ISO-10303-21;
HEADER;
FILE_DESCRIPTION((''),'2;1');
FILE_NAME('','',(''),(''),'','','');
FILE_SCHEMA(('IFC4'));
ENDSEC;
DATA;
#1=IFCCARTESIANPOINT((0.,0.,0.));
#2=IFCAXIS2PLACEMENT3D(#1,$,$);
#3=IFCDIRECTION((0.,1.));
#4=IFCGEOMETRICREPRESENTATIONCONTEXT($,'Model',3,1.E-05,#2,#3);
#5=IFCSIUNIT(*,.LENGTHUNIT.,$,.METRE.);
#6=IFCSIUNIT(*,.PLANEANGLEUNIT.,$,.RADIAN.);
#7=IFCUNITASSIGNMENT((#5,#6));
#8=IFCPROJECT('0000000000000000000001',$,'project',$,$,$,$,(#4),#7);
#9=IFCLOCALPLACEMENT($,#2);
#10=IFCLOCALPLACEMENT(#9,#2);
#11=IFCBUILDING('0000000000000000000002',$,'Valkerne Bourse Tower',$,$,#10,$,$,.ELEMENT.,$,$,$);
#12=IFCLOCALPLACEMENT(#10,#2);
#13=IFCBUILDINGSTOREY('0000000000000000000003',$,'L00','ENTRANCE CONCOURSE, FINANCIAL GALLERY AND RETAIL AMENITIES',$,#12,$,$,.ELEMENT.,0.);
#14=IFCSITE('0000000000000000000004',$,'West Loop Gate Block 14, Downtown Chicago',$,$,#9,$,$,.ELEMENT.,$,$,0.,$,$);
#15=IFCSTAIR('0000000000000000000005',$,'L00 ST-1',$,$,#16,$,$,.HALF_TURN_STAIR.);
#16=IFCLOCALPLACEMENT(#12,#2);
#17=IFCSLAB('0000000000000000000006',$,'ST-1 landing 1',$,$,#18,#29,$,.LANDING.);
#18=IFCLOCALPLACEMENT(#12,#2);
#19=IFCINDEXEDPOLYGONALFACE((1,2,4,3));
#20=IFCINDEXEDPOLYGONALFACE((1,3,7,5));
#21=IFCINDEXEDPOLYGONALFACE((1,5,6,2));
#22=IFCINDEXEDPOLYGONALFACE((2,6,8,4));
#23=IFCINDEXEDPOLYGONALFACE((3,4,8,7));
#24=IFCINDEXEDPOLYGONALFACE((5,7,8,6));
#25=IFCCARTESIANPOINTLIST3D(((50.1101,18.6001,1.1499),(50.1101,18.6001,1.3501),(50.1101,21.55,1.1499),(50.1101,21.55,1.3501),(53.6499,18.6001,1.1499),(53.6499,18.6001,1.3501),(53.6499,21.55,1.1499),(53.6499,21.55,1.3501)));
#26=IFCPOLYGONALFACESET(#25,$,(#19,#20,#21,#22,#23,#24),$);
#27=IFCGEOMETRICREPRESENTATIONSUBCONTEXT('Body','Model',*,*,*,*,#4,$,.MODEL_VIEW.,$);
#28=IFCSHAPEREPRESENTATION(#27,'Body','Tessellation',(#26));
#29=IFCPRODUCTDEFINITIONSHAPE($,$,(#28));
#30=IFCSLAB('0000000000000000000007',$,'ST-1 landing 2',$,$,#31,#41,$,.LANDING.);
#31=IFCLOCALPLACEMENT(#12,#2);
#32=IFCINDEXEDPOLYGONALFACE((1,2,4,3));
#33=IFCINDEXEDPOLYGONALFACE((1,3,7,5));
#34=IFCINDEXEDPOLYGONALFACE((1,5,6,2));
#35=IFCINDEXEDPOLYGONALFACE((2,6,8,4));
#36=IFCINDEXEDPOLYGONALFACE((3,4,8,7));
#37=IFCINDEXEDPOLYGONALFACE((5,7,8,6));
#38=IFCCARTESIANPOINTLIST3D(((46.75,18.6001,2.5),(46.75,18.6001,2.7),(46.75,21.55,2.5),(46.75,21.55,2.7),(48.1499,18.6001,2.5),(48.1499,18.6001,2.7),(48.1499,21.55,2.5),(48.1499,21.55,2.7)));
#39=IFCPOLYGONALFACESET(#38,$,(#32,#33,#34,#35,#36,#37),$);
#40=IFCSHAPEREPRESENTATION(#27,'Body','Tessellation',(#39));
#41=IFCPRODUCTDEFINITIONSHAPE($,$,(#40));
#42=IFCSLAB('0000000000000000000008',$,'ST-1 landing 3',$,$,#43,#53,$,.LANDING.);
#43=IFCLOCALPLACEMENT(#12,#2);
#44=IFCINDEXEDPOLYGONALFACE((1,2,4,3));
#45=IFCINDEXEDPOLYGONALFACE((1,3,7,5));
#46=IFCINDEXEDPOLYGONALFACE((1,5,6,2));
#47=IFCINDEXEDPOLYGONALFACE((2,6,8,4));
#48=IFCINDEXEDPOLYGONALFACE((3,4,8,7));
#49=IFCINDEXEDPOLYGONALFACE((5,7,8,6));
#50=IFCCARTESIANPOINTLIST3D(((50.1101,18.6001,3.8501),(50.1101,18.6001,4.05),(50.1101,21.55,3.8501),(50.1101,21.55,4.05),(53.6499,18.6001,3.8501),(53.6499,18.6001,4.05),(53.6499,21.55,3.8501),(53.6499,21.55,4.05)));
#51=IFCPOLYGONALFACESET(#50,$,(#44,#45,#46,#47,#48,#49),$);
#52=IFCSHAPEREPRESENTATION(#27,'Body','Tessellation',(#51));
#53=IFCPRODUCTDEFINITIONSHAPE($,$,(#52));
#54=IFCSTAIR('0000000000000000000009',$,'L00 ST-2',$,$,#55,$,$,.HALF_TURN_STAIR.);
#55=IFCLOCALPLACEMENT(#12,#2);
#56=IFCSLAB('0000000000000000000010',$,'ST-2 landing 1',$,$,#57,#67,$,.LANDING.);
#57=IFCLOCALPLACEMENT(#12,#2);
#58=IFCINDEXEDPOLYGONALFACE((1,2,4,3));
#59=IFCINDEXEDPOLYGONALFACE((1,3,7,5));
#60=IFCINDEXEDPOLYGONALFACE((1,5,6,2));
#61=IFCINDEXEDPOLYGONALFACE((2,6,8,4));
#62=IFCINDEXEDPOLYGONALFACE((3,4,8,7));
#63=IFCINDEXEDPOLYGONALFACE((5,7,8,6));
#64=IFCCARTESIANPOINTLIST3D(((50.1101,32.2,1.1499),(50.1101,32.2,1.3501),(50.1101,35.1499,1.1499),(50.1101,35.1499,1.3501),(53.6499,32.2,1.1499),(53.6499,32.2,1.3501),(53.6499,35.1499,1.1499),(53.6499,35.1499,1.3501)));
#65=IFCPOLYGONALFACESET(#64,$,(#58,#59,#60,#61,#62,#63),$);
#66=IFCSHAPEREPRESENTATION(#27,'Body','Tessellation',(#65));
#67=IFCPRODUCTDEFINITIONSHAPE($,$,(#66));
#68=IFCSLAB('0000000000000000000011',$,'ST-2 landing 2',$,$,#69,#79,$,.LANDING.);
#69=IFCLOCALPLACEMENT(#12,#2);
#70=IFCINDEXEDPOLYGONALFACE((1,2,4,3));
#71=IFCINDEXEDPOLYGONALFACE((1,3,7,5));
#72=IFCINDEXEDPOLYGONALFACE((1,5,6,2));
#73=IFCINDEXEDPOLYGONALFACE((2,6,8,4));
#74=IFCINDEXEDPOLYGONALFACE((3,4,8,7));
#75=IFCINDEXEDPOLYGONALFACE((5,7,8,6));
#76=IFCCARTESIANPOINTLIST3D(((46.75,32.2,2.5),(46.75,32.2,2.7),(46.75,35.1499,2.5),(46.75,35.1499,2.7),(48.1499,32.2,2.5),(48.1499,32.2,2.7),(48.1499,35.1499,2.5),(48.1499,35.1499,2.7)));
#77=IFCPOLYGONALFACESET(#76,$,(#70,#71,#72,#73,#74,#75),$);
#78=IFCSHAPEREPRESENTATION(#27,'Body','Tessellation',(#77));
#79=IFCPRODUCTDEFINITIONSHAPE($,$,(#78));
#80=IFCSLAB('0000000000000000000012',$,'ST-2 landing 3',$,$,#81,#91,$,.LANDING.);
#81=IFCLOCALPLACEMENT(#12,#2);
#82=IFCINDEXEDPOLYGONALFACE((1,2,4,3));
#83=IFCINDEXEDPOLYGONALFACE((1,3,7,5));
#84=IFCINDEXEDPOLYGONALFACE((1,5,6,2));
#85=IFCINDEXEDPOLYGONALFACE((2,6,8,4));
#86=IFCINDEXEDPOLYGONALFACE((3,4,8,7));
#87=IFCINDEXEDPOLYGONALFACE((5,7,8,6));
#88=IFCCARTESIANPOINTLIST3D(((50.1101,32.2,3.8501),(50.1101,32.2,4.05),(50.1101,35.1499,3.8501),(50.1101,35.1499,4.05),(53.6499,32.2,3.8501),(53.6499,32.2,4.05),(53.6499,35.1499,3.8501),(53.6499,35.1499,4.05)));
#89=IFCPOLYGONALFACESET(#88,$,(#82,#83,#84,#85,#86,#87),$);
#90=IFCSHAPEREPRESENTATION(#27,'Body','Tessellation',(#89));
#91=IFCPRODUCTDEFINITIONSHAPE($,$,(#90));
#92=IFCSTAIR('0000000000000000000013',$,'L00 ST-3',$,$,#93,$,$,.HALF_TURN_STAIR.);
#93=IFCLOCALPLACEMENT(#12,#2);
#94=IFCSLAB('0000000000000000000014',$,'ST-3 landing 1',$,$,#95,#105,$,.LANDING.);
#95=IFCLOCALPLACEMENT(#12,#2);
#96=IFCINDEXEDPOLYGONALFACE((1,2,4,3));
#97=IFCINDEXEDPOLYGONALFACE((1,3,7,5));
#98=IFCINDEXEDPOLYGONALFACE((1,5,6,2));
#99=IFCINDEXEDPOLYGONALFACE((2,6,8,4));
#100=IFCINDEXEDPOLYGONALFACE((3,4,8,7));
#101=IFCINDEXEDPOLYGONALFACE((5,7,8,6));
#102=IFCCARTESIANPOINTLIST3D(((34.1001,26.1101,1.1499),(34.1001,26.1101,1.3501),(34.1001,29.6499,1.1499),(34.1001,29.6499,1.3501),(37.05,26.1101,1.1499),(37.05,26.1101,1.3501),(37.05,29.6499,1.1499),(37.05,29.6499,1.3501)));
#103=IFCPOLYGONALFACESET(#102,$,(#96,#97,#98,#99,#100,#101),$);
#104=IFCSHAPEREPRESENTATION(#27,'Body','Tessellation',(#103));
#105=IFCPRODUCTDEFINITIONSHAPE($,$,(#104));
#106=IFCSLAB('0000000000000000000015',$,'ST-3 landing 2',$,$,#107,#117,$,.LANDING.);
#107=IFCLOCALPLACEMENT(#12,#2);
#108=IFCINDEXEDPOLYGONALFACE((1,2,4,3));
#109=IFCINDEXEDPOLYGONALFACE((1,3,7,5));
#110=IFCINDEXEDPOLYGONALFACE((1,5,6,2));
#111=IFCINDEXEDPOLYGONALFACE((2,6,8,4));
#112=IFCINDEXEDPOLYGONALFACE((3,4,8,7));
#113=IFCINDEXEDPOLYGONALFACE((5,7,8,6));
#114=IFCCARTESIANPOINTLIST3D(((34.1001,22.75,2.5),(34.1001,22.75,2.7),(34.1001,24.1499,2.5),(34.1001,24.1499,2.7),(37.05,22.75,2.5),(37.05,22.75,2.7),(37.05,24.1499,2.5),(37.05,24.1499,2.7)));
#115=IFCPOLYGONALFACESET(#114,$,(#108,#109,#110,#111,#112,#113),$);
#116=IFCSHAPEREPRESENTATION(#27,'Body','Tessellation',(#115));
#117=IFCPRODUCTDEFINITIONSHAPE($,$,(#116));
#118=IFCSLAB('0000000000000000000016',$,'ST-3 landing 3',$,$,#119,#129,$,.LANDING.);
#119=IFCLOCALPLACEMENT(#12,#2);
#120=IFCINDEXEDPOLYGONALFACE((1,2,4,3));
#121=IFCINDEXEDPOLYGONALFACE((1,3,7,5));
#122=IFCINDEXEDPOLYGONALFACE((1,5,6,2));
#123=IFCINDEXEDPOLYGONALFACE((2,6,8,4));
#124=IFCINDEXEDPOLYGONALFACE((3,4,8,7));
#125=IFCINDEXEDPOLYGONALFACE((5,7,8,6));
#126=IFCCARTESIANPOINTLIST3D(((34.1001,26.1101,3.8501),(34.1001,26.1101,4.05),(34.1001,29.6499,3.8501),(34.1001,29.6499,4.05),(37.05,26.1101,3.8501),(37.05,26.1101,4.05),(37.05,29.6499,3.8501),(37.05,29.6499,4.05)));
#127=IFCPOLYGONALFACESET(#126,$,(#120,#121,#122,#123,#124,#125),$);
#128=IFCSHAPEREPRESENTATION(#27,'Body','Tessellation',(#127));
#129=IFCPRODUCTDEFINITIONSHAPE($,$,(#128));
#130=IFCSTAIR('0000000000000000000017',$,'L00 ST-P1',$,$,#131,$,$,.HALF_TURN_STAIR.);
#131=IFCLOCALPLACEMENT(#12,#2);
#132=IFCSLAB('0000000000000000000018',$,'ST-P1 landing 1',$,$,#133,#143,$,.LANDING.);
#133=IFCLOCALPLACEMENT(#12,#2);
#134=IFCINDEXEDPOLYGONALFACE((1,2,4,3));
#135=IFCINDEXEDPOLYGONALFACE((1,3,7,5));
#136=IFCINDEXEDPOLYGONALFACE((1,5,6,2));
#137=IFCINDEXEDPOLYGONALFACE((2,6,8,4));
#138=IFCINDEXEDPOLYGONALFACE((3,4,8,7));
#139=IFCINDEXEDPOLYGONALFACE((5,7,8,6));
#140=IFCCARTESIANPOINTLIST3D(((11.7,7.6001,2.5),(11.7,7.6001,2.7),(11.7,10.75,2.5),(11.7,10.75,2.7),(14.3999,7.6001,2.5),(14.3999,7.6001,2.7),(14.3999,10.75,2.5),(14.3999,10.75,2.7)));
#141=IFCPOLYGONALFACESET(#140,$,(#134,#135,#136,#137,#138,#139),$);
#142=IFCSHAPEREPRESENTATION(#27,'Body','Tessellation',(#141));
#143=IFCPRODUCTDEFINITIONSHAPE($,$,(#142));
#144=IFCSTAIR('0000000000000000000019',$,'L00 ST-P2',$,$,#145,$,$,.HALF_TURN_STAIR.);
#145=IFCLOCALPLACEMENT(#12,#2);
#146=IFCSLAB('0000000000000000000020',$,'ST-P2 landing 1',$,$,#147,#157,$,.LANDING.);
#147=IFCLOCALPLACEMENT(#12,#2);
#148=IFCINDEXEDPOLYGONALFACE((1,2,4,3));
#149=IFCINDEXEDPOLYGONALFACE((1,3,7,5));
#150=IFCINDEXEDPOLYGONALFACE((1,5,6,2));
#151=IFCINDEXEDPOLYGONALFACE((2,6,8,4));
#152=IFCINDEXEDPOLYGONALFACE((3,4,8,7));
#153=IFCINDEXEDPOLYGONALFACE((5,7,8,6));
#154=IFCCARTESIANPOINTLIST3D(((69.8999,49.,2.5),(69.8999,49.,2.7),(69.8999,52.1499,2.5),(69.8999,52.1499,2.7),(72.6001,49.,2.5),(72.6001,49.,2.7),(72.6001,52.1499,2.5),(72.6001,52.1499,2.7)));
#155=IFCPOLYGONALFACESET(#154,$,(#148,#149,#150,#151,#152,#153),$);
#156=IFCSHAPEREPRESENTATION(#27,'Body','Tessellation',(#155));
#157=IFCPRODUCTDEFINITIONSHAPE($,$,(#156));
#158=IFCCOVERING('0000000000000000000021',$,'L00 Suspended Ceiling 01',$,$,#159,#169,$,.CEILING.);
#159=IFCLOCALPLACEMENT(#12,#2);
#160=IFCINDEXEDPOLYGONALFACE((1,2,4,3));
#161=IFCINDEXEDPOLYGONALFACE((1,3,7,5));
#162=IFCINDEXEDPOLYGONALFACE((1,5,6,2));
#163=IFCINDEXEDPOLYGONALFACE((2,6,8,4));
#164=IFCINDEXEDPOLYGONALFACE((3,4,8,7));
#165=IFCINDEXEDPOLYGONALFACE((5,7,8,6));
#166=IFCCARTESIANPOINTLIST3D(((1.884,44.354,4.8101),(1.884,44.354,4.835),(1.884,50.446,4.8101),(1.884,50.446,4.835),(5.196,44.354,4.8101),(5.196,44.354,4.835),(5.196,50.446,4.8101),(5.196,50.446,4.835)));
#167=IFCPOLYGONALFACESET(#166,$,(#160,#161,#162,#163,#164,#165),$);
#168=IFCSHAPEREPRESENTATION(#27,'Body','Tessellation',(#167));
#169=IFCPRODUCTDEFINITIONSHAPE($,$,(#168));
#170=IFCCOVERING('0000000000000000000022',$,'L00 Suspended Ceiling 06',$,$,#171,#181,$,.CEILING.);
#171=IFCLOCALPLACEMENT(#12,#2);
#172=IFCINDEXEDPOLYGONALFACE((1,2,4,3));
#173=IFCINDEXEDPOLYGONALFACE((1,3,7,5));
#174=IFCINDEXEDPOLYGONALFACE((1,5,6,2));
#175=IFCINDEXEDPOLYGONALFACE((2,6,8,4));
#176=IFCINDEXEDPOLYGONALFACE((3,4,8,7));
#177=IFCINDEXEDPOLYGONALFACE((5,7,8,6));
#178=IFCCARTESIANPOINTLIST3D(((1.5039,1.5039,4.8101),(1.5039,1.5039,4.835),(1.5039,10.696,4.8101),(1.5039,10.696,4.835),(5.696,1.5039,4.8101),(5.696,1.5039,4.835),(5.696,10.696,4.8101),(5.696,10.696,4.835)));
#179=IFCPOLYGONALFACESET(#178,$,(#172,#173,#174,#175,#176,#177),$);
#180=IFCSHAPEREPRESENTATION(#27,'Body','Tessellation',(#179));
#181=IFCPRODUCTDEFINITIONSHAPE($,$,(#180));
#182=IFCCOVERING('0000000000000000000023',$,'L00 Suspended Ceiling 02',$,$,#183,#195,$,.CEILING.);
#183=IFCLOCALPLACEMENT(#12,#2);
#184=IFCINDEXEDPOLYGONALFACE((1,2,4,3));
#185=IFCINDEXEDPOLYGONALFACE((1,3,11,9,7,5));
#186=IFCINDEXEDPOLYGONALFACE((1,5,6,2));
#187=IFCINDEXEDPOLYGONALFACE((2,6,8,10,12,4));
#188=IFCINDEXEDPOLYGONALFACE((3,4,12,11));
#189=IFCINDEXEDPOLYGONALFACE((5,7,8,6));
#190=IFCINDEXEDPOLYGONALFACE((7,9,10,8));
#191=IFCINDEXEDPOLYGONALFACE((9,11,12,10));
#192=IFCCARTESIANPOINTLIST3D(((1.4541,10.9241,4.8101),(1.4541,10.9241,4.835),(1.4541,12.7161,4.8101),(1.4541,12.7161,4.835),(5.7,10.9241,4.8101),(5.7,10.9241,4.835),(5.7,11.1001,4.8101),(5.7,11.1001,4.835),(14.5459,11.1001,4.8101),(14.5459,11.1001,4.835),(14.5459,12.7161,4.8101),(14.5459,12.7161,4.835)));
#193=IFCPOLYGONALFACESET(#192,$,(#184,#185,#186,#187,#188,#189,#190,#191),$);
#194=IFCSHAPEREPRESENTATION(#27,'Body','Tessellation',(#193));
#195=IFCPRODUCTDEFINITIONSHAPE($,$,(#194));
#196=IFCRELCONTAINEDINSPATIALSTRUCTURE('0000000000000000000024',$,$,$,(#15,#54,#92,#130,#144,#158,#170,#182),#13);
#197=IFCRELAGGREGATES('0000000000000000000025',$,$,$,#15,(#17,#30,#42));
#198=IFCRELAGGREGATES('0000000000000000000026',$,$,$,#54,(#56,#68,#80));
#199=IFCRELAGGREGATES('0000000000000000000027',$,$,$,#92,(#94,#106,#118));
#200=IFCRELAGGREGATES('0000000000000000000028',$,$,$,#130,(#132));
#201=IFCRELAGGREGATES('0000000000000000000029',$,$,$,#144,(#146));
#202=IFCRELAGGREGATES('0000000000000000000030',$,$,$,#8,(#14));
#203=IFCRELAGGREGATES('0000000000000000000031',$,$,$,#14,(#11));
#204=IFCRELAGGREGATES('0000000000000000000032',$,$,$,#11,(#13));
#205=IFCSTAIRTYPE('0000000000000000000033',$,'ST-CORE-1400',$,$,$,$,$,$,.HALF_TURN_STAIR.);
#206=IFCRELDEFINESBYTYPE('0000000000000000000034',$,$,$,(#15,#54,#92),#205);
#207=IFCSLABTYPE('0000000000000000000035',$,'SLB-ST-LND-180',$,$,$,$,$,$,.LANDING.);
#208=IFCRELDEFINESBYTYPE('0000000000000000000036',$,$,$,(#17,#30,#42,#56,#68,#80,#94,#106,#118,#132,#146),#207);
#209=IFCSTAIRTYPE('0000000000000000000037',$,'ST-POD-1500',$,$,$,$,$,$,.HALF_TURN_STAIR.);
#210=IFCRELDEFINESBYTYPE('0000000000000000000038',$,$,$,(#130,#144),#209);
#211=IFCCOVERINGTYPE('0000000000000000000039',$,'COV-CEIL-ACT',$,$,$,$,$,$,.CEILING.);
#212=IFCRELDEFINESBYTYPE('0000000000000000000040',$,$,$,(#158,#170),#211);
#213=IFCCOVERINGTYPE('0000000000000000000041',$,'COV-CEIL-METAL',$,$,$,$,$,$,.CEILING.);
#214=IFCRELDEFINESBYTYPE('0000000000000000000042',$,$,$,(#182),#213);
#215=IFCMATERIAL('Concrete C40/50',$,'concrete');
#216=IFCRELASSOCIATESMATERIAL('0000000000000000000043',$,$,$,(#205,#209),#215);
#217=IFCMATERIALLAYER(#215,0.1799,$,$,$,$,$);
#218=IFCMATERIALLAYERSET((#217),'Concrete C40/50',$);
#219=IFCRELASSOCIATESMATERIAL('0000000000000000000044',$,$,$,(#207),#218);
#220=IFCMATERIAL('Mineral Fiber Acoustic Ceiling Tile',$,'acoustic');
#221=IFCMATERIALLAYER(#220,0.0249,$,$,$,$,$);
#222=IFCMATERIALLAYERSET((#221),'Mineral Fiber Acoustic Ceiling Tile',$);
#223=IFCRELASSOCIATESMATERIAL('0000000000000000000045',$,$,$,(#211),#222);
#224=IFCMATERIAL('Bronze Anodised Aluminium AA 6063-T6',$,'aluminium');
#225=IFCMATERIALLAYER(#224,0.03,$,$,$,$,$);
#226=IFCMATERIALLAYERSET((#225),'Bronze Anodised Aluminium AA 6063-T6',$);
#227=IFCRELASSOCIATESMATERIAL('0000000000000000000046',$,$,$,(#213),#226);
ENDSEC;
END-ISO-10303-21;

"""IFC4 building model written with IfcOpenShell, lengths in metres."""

from ifc_helpers import new_model, si_unit, direction, frame, origin, place, context, subcontext, project, spatial, polyline, outline, extrude, material, layer, layer_set, type_object, element, aggregate, save


model = new_model("IFC4")

# Units and contexts
model_context = context("Model", 3, precision=1e-05, world=origin(), true_north=direction((0.0, 1.0)))
body_context = subcontext(model_context, "Body", "Model", "MODEL_VIEW")
ifc_project = project(units=[si_unit("LENGTHUNIT", "METRE"), si_unit("PLANEANGLEUNIT", "RADIAN")], contexts=[model_context])

# Site, building, storey
site_placement = place(None, origin())
site = spatial("IfcSite", under=ifc_project, at=site_placement, Name="West Loop Gate Block 14, Downtown Chicago", CompositionType="ELEMENT", RefElevation=0.0)
building_placement = place(site_placement, origin())
building = spatial("IfcBuilding", under=site, at=building_placement, Name="Valkerne Bourse Tower", CompositionType="ELEMENT")
storey_placement = place(building_placement, origin())
storey = spatial("IfcBuildingStorey", under=building, at=storey_placement, Name="L00", Description="ENTRANCE CONCOURSE, FINANCIAL GALLERY AND RETAIL AMENITIES", CompositionType="ELEMENT", Elevation=0.0)

# Stairs, slabs
ifc_material_1 = material(Name="Concrete C40/50", Category="concrete")
stair_type_1 = type_object("IfcStairType", Name="ST-CORE-1400", PredefinedType="HALF_TURN_STAIR", material=ifc_material_1)
stair_1_placement = place(storey_placement, origin())
stair_1 = element("IfcStair", 1, at=stair_1_placement, inside=storey, type_object=stair_type_1, Name="L00 ST-1", PredefinedType="HALF_TURN_STAIR")
ifc_layer_1 = layer(ifc_material_1, 0.1799)
ifc_layer_set_1 = layer_set([ifc_layer_1], Name="Concrete C40/50")
slab_type = type_object("IfcSlabType", Name="SLB-ST-LND-180", PredefinedType="LANDING", material=ifc_layer_set_1)
slab_1_placement = place(storey_placement, frame((0.0, 0.0, 1.1499)))
slab_1 = element("IfcSlab", 2, at=slab_1_placement, type_object=slab_type, Name="ST-1 landing 1", PredefinedType="LANDING", context=body_context, shape_type="SweptSolid", body=[
    extrude(outline(polyline([(50.1101, 18.6001), (53.6499, 18.6001), (53.6499, 21.55), (50.1101, 21.55), (50.1101, 18.6001)])), origin(), (0.0, 0.0, 1.0), 0.2002),
])
slab_2_placement = place(storey_placement, frame((0.0, 0.0, 2.5)))
slab_2 = element("IfcSlab", 3, at=slab_2_placement, type_object=slab_type, Name="ST-1 landing 2", PredefinedType="LANDING", context=body_context, shape_type="SweptSolid", body=[
    extrude(outline(polyline([(46.75, 18.6001), (48.1499, 18.6001), (48.1499, 21.55), (46.75, 21.55), (46.75, 18.6001)])), origin(), (0.0, 0.0, 1.0), 0.2),
])
slab_3_placement = place(storey_placement, frame((0.0, 0.0, 3.8501)))
slab_3 = element("IfcSlab", 4, at=slab_3_placement, type_object=slab_type, Name="ST-1 landing 3", PredefinedType="LANDING", context=body_context, shape_type="SweptSolid", body=[
    extrude(outline(polyline([(50.1101, 18.6001), (53.6499, 18.6001), (53.6499, 21.55), (50.1101, 21.55), (50.1101, 18.6001)])), origin(), (0.0, 0.0, 1.0), 0.2),
])
aggregate(stair_1, [slab_1, slab_2, slab_3])
stair_2_placement = place(storey_placement, origin())
stair_2 = element("IfcStair", 5, at=stair_2_placement, inside=storey, type_object=stair_type_1, Name="L00 ST-2", PredefinedType="HALF_TURN_STAIR")
slab_4_placement = place(storey_placement, frame((0.0, 0.0, 1.1499)))
slab_4 = element("IfcSlab", 6, at=slab_4_placement, type_object=slab_type, Name="ST-2 landing 1", PredefinedType="LANDING", context=body_context, shape_type="SweptSolid", body=[
    extrude(outline(polyline([(50.1101, 32.2), (53.6499, 32.2), (53.6499, 35.1499), (50.1101, 35.1499), (50.1101, 32.2)])), origin(), (0.0, 0.0, 1.0), 0.2002),
])
slab_5_placement = place(storey_placement, frame((0.0, 0.0, 2.5)))
slab_5 = element("IfcSlab", 7, at=slab_5_placement, type_object=slab_type, Name="ST-2 landing 2", PredefinedType="LANDING", context=body_context, shape_type="SweptSolid", body=[
    extrude(outline(polyline([(46.75, 32.2), (48.1499, 32.2), (48.1499, 35.1499), (46.75, 35.1499), (46.75, 32.2)])), origin(), (0.0, 0.0, 1.0), 0.2),
])
slab_6_placement = place(storey_placement, frame((0.0, 0.0, 3.8501)))
slab_6 = element("IfcSlab", 8, at=slab_6_placement, type_object=slab_type, Name="ST-2 landing 3", PredefinedType="LANDING", context=body_context, shape_type="SweptSolid", body=[
    extrude(outline(polyline([(50.1101, 32.2), (53.6499, 32.2), (53.6499, 35.1499), (50.1101, 35.1499), (50.1101, 32.2)])), origin(), (0.0, 0.0, 1.0), 0.2),
])
aggregate(stair_2, [slab_4, slab_5, slab_6])
stair_3_placement = place(storey_placement, origin())
stair_3 = element("IfcStair", 9, at=stair_3_placement, inside=storey, type_object=stair_type_1, Name="L00 ST-3", PredefinedType="HALF_TURN_STAIR")
slab_7_placement = place(storey_placement, frame((0.0, 0.0, 1.1499)))
slab_7 = element("IfcSlab", 10, at=slab_7_placement, type_object=slab_type, Name="ST-3 landing 1", PredefinedType="LANDING", context=body_context, shape_type="SweptSolid", body=[
    extrude(outline(polyline([(37.05, 26.1101), (37.05, 29.6499), (34.1001, 29.6499), (34.1001, 26.1101), (37.05, 26.1101)])), origin(), (0.0, 0.0, 1.0), 0.2002),
])
slab_8_placement = place(storey_placement, frame((0.0, 0.0, 2.5)))
slab_8 = element("IfcSlab", 11, at=slab_8_placement, type_object=slab_type, Name="ST-3 landing 2", PredefinedType="LANDING", context=body_context, shape_type="SweptSolid", body=[
    extrude(outline(polyline([(37.05, 22.75), (37.05, 24.1499), (34.1001, 24.1499), (34.1001, 22.75), (37.05, 22.75)])), origin(), (0.0, 0.0, 1.0), 0.2),
])
slab_9_placement = place(storey_placement, frame((0.0, 0.0, 3.8501)))
slab_9 = element("IfcSlab", 12, at=slab_9_placement, type_object=slab_type, Name="ST-3 landing 3", PredefinedType="LANDING", context=body_context, shape_type="SweptSolid", body=[
    extrude(outline(polyline([(37.05, 26.1101), (37.05, 29.6499), (34.1001, 29.6499), (34.1001, 26.1101), (37.05, 26.1101)])), origin(), (0.0, 0.0, 1.0), 0.2),
])
aggregate(stair_3, [slab_7, slab_8, slab_9])

# Stairs, slabs
stair_type_2 = type_object("IfcStairType", Name="ST-POD-1500", PredefinedType="HALF_TURN_STAIR", material=ifc_material_1)
stair_4_placement = place(storey_placement, origin())
stair_4 = element("IfcStair", 13, at=stair_4_placement, inside=storey, type_object=stair_type_2, Name="L00 ST-P1", PredefinedType="HALF_TURN_STAIR")
slab_10_placement = place(storey_placement, frame((0.0, 0.0, 2.5)))
slab_10 = element("IfcSlab", 14, at=slab_10_placement, type_object=slab_type, Name="ST-P1 landing 1", PredefinedType="LANDING", context=body_context, shape_type="SweptSolid", body=[
    extrude(outline(polyline([(11.7, 7.6001), (14.3999, 7.6001), (14.3999, 10.75), (11.7, 10.75), (11.7, 7.6001)])), origin(), (0.0, 0.0, 1.0), 0.2),
])
aggregate(stair_4, [slab_10])
stair_5_placement = place(storey_placement, origin())
stair_5 = element("IfcStair", 15, at=stair_5_placement, inside=storey, type_object=stair_type_2, Name="L00 ST-P2", PredefinedType="HALF_TURN_STAIR")
slab_11_placement = place(storey_placement, frame((0.0, 0.0, 2.5)))
slab_11 = element("IfcSlab", 16, at=slab_11_placement, type_object=slab_type, Name="ST-P2 landing 1", PredefinedType="LANDING", context=body_context, shape_type="SweptSolid", body=[
    extrude(outline(polyline([(69.8999, 49.0), (72.6001, 49.0), (72.6001, 52.1499), (69.8999, 52.1499), (69.8999, 49.0)])), origin(), (0.0, 0.0, 1.0), 0.2),
])
aggregate(stair_5, [slab_11])

# Coverings
ifc_material_2 = material(Name="Mineral Fiber Acoustic Ceiling Tile", Category="acoustic")
ifc_layer_2 = layer(ifc_material_2, 0.0249)
ifc_layer_set_2 = layer_set([ifc_layer_2], Name="Mineral Fiber Acoustic Ceiling Tile")
covering_type_1 = type_object("IfcCoveringType", Name="COV-CEIL-ACT", PredefinedType="CEILING", material=ifc_layer_set_2)
covering_1_placement = place(storey_placement, frame((0.0, 0.0, 4.8101)))
element("IfcCovering", 17, at=covering_1_placement, inside=storey, type_object=covering_type_1, Name="L00 Suspended Ceiling 01", PredefinedType="CEILING", context=body_context, shape_type="SweptSolid", body=[
    extrude(outline(polyline([(1.884, 50.446), (5.196, 50.446), (5.196, 44.354), (1.884, 44.354), (1.884, 50.446)])), origin(), (0.0, 0.0, 1.0), 0.0249),
])
covering_2_placement = place(storey_placement, frame((0.0, 0.0, 4.8101)))
element("IfcCovering", 18, at=covering_2_placement, inside=storey, type_object=covering_type_1, Name="L00 Suspended Ceiling 06", PredefinedType="CEILING", context=body_context, shape_type="SweptSolid", body=[
    extrude(outline(polyline([(1.5039, 10.696), (5.696, 10.696), (5.696, 1.5039), (1.5039, 1.5039), (1.5039, 10.696)])), origin(), (0.0, 0.0, 1.0), 0.0249),
])
ifc_material_3 = material(Name="Bronze Anodised Aluminium AA 6063-T6", Category="aluminium")
ifc_layer_3 = layer(ifc_material_3, 0.03)
ifc_layer_set_3 = layer_set([ifc_layer_3], Name="Bronze Anodised Aluminium AA 6063-T6")
covering_type_2 = type_object("IfcCoveringType", Name="COV-CEIL-METAL", PredefinedType="CEILING", material=ifc_layer_set_3)
covering_3_placement = place(storey_placement, frame((0.0, 0.0, 4.8101)))
element("IfcCovering", 19, at=covering_3_placement, inside=storey, type_object=covering_type_2, Name="L00 Suspended Ceiling 02", PredefinedType="CEILING", context=body_context, shape_type="SweptSolid", body=[
    extrude(outline(polyline([(1.4541, 12.7161), (14.5459, 12.7161), (14.5459, 11.1001), (5.7, 11.1001), (5.7, 10.9241), (1.4541, 10.9241), (1.4541, 12.7161)])), origin(), (0.0, 0.0, 1.0), 0.0249),
])

save(model, "model.ifc")
